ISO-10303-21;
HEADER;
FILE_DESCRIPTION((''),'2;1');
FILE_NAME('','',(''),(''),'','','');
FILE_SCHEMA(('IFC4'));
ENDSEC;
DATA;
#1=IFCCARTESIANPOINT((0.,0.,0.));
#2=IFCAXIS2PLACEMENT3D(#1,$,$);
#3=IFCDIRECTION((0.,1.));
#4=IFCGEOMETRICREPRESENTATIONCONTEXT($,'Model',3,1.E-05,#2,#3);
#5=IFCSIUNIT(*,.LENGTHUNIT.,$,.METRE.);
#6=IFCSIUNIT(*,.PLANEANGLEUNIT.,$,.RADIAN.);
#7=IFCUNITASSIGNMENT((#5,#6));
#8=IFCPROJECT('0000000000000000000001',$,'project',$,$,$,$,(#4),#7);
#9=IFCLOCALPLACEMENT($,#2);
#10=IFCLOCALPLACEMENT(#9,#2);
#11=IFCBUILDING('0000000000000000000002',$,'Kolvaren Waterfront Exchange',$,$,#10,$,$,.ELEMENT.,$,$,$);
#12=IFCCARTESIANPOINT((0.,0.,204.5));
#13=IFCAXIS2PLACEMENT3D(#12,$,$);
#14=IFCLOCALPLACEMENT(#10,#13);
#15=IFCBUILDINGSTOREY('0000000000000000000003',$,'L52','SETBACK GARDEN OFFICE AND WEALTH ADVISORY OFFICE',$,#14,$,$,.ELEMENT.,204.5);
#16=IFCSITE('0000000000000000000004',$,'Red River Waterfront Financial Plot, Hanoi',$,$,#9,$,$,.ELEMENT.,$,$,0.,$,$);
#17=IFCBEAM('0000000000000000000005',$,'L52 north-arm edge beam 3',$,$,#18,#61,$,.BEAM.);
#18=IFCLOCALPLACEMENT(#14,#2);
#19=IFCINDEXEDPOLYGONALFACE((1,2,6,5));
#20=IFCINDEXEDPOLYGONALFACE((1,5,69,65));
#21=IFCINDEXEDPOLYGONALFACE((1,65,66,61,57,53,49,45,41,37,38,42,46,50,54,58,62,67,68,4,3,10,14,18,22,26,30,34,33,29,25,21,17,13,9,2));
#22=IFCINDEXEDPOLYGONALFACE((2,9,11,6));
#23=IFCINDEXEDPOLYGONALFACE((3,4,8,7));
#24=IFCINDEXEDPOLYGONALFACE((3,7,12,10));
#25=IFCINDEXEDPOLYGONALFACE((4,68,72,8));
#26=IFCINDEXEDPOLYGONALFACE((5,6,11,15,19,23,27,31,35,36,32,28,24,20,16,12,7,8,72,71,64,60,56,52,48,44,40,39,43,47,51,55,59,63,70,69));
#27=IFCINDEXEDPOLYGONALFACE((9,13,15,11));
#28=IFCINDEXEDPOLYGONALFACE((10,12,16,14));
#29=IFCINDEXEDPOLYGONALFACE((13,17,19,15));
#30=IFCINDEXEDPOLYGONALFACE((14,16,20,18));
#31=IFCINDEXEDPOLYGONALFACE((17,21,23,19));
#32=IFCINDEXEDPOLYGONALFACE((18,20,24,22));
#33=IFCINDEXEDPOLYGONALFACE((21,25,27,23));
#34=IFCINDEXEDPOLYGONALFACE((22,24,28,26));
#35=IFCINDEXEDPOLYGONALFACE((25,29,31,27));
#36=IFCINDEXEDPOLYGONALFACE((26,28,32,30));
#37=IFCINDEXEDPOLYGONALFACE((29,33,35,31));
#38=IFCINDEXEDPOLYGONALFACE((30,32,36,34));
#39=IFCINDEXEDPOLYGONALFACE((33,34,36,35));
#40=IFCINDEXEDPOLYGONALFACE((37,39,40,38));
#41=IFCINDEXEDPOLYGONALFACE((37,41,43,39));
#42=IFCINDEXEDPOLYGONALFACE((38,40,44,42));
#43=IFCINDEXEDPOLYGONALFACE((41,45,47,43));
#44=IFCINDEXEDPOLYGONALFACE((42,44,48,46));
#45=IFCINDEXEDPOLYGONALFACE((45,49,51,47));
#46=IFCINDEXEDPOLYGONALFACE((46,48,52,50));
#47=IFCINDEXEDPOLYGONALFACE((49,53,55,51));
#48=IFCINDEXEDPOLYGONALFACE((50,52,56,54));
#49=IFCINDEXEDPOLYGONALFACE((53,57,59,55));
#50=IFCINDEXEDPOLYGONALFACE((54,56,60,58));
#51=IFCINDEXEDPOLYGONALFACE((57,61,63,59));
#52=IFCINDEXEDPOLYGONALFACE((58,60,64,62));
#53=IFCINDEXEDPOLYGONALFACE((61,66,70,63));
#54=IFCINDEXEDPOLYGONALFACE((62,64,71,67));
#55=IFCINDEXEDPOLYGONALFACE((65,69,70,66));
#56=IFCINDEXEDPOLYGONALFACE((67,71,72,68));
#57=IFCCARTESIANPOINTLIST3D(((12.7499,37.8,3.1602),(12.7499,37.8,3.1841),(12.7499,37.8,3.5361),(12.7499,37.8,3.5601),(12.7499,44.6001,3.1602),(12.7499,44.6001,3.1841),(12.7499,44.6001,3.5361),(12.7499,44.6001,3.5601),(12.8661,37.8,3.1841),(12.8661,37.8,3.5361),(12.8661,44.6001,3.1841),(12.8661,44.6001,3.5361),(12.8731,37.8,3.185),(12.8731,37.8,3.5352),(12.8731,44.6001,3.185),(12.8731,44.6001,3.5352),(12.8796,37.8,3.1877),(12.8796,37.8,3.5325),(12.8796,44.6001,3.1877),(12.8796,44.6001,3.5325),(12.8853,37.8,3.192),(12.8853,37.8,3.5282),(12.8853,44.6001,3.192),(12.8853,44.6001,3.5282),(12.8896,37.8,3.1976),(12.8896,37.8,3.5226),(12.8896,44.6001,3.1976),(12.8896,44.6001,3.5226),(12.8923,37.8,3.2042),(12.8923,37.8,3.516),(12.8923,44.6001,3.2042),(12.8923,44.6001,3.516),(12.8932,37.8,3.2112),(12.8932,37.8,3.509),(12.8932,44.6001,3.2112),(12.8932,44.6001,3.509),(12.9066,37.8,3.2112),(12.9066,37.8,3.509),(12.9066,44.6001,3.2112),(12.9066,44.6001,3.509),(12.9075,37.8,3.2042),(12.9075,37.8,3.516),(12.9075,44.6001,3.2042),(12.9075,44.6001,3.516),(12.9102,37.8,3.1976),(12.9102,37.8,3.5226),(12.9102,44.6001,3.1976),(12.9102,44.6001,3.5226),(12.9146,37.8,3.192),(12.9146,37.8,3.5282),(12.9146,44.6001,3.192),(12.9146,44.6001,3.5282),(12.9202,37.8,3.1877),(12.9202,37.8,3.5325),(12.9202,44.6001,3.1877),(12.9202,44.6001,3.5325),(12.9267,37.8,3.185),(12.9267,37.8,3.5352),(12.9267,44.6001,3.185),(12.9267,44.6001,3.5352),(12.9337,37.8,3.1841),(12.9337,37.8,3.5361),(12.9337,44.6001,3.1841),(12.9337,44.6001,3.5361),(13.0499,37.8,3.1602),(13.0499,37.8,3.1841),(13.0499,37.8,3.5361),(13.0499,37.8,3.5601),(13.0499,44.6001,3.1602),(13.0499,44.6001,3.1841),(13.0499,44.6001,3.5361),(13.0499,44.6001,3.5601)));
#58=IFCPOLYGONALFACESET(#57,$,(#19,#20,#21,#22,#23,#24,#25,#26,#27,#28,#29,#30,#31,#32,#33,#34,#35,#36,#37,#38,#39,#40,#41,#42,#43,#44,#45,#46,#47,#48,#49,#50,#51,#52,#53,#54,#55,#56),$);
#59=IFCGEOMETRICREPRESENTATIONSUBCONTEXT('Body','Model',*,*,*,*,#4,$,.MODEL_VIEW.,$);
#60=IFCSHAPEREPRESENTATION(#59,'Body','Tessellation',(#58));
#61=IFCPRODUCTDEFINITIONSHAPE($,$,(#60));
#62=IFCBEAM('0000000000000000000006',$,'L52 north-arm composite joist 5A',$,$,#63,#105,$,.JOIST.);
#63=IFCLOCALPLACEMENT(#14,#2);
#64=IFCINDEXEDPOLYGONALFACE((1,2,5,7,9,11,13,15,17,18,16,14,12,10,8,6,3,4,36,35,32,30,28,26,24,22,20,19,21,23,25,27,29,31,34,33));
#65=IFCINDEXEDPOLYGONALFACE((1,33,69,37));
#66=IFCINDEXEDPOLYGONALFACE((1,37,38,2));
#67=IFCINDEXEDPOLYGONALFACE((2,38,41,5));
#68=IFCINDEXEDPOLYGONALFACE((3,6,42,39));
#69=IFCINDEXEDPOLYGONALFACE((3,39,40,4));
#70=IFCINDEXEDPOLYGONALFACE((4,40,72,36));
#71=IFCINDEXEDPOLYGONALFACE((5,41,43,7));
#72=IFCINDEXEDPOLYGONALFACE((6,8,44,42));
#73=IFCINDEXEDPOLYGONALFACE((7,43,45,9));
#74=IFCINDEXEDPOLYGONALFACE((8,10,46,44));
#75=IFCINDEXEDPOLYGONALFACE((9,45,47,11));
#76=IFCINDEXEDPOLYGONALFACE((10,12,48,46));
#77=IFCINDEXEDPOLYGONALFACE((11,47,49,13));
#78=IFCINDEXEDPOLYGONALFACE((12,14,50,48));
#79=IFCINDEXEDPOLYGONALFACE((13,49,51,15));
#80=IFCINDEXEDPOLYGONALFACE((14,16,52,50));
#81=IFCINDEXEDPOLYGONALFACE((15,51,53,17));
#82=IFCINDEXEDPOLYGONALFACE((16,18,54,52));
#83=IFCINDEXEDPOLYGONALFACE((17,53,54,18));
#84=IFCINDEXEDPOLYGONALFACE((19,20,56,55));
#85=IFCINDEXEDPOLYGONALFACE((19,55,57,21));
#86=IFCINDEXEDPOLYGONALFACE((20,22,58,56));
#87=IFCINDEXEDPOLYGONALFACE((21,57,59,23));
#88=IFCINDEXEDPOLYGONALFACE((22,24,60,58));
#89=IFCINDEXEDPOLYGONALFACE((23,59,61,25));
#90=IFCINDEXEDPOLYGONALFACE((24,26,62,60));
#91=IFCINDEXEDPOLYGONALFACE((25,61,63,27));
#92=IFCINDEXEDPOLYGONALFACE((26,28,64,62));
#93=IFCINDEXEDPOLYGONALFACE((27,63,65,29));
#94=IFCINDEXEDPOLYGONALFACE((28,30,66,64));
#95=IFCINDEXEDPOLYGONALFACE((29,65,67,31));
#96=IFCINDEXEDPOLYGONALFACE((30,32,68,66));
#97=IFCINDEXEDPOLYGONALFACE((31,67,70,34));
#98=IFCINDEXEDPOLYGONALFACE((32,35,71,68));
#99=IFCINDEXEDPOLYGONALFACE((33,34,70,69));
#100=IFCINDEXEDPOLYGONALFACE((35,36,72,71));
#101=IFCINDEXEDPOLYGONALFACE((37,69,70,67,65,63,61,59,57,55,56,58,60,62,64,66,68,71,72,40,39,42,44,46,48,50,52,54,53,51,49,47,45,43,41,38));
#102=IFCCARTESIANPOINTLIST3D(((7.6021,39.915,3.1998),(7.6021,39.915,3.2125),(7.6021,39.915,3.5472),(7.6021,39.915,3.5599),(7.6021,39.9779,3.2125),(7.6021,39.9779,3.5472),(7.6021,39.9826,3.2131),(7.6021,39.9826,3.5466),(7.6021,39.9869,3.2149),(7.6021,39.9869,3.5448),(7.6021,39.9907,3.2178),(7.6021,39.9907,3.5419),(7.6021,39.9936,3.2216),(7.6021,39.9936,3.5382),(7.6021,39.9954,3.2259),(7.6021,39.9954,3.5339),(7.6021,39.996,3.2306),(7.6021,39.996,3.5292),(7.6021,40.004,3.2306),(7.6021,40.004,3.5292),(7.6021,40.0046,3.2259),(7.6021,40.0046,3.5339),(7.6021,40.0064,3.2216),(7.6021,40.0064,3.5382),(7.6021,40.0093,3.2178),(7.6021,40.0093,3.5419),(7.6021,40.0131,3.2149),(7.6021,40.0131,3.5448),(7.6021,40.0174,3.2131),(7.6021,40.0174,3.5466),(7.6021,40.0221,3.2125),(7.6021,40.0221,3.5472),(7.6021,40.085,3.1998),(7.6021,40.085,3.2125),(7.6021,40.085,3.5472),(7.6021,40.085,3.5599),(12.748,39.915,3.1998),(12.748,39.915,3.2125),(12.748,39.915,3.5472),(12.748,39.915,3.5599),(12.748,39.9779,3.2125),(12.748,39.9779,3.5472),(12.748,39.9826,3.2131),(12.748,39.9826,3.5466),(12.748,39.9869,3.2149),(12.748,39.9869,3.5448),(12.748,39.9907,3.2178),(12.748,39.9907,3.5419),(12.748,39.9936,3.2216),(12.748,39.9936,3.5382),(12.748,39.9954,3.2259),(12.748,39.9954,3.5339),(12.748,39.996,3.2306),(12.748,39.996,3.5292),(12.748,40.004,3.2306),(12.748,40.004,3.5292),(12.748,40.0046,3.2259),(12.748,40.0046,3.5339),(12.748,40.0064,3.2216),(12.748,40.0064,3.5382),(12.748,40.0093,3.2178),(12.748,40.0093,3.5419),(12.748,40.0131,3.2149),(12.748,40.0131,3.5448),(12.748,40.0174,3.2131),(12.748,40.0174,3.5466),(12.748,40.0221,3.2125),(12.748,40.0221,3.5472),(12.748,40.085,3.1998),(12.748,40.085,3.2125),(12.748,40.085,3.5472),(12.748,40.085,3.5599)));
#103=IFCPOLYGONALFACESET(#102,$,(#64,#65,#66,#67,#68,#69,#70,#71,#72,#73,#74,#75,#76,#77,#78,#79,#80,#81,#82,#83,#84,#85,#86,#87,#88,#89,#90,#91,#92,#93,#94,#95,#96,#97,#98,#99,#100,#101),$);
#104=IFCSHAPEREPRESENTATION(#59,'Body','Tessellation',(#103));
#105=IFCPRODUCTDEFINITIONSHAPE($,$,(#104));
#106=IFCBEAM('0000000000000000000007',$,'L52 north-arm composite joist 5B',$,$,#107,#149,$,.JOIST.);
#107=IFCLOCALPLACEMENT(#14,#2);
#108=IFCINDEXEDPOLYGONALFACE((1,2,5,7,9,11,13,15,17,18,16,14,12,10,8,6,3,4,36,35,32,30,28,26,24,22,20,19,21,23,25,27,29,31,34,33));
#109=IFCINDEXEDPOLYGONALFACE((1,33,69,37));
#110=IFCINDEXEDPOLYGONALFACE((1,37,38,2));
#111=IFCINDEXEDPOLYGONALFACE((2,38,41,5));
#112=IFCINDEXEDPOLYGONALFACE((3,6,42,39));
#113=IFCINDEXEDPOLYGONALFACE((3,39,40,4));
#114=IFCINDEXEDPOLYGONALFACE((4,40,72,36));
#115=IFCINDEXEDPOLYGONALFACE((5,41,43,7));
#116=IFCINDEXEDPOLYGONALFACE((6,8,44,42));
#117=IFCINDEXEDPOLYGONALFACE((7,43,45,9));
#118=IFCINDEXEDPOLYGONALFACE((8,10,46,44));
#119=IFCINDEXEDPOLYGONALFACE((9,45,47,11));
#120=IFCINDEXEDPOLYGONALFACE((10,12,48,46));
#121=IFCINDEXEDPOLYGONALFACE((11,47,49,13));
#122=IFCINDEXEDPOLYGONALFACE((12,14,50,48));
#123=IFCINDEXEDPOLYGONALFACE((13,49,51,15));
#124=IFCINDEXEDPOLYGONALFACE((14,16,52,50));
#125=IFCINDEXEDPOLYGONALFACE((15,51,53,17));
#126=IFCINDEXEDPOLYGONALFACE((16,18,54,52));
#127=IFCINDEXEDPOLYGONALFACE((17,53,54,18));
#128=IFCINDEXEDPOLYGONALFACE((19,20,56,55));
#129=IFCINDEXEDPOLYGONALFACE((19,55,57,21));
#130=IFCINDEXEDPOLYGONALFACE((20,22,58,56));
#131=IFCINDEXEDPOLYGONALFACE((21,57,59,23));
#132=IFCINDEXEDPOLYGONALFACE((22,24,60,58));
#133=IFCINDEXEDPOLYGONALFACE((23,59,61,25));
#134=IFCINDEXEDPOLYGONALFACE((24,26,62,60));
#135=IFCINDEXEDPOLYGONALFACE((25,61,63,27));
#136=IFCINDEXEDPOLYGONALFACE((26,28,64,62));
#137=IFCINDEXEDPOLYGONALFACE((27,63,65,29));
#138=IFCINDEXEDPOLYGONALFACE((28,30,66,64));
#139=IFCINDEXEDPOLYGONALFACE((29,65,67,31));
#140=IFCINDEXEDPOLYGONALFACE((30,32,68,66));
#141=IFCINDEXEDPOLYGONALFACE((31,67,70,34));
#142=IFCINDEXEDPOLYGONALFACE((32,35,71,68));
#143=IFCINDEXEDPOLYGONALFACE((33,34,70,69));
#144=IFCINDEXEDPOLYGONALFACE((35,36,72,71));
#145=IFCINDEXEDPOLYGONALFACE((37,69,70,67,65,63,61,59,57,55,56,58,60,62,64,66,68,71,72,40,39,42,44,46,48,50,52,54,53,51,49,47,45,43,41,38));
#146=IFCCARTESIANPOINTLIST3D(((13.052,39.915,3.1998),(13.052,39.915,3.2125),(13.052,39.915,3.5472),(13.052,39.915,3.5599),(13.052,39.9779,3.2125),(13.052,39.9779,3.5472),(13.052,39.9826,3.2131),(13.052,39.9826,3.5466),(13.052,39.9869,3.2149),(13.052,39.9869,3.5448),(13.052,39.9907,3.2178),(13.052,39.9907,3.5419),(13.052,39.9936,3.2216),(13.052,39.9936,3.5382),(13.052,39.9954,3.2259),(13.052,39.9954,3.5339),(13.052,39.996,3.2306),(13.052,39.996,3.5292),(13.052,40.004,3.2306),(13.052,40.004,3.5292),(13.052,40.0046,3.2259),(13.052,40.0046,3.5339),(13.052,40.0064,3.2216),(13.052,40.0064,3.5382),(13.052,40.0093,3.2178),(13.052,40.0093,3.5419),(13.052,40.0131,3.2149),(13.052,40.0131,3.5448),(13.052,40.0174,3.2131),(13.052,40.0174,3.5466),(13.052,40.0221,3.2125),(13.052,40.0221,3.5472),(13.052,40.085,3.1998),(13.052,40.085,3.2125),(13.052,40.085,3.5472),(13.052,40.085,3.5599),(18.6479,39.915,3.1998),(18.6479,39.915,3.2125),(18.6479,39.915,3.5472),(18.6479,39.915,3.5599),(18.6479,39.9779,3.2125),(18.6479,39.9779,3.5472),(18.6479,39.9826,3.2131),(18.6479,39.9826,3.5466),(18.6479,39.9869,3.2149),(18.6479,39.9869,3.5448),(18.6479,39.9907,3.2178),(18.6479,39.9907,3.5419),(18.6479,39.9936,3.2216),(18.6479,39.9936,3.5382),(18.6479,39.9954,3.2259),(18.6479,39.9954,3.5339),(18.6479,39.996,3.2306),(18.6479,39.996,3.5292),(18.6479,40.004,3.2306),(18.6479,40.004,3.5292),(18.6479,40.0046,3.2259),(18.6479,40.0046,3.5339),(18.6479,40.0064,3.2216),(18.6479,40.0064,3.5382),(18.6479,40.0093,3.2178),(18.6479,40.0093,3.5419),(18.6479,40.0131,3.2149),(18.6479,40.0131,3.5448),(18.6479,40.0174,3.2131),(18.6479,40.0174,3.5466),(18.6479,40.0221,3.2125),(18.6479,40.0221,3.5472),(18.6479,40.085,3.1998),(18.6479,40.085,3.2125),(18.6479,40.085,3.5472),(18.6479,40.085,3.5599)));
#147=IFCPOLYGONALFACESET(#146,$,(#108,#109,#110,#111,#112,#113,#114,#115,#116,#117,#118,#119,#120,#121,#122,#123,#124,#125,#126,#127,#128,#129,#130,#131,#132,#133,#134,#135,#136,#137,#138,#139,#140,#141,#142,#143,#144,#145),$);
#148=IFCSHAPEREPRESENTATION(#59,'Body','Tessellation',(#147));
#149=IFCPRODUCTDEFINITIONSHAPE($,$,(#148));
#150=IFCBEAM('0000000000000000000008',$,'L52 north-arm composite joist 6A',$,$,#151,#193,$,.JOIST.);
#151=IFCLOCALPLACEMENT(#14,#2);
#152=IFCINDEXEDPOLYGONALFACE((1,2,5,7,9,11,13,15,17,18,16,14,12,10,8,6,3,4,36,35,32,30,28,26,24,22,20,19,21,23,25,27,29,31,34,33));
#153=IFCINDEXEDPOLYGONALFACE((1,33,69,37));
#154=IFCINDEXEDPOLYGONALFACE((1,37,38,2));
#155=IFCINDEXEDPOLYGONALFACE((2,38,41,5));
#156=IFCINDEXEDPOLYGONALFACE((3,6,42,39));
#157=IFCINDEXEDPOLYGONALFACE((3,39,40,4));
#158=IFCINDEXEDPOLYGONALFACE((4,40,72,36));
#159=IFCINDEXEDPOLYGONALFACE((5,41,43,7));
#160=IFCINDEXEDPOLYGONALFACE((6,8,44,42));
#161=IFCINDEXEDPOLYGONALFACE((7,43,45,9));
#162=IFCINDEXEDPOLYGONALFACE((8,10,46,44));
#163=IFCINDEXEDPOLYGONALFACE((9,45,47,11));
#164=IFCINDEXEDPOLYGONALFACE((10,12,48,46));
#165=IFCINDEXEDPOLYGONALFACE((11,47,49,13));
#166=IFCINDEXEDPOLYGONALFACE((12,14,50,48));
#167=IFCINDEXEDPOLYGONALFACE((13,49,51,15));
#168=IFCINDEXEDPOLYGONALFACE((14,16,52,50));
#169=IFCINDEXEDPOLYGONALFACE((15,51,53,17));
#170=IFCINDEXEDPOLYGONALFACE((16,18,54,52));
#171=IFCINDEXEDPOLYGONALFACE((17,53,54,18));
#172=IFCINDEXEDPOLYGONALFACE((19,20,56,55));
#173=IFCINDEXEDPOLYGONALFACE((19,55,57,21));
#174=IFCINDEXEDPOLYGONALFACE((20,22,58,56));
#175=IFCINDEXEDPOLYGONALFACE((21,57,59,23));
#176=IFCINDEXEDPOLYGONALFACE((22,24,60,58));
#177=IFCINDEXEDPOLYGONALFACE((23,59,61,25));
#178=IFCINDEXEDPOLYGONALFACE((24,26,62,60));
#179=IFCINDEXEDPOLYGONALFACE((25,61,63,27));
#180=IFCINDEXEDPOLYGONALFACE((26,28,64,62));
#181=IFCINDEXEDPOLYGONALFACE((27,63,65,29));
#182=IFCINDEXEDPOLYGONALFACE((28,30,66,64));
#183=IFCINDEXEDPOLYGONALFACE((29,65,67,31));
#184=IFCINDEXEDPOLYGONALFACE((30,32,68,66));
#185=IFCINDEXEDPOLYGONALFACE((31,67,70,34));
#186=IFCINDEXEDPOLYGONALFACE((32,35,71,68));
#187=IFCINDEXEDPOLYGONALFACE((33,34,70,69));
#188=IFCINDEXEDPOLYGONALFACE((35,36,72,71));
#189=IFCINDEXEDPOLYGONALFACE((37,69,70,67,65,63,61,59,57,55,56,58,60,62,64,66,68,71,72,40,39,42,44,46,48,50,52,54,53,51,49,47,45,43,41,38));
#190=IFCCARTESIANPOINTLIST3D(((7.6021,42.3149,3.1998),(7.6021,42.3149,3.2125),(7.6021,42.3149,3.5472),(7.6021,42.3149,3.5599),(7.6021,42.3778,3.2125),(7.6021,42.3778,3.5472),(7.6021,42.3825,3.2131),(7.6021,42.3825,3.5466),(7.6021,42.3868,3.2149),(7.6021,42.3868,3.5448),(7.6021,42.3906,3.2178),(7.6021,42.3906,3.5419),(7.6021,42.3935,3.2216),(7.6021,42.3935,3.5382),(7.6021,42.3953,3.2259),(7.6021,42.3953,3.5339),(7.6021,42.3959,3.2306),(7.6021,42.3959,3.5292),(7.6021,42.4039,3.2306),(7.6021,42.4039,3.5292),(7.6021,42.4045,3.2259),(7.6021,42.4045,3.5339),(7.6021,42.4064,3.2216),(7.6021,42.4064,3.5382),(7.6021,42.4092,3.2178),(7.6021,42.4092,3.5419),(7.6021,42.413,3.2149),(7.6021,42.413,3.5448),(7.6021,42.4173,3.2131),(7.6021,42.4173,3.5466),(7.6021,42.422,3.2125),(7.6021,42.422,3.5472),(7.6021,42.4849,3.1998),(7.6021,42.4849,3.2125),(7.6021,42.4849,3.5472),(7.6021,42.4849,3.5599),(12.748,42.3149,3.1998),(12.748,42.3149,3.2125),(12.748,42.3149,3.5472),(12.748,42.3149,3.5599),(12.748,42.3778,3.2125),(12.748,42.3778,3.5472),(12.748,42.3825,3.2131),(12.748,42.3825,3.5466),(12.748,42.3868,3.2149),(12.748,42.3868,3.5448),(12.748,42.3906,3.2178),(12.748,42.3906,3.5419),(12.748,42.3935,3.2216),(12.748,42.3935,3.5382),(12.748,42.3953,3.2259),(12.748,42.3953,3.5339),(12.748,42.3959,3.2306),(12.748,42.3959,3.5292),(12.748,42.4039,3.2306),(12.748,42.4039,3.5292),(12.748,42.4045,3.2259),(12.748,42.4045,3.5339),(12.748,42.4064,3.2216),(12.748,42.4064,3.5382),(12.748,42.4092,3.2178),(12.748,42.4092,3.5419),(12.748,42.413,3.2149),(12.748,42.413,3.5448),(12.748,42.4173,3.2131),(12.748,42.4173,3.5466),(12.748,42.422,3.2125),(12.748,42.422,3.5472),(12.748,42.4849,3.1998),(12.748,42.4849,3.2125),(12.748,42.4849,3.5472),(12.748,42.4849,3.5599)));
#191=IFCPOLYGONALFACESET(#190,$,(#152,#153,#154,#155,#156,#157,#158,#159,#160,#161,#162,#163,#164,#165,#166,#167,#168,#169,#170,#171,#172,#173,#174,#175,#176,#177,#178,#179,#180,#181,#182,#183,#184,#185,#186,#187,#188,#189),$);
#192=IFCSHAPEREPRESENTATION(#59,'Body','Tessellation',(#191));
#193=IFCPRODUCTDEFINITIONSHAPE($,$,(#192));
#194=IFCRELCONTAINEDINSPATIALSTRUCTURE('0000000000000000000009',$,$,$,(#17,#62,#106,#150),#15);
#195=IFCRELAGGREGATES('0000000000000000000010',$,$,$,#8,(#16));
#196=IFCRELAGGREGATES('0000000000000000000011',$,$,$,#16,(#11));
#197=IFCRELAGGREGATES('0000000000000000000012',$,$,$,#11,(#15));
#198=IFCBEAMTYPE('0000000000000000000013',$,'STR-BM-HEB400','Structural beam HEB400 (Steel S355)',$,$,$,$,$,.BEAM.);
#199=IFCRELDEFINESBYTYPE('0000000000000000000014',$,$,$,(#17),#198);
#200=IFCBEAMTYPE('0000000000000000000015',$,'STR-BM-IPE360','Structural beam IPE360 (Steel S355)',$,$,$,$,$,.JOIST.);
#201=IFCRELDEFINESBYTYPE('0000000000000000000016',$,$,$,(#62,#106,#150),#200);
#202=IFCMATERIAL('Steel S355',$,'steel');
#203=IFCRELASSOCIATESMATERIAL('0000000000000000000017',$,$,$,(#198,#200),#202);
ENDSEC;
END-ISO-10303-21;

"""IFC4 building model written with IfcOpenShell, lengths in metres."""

from ifc_helpers import new_model, si_unit, direction, frame, origin, origin_2d, place, context, subcontext, project, spatial, i_section, extrude, material, material_profile, profile_set, type_object, element, save


model = new_model("IFC4")

# Units and contexts
model_context = context("Model", 3, precision=1e-05, world=origin(), true_north=direction((0.0, 1.0)))
body_context = subcontext(model_context, "Body", "Model", "MODEL_VIEW")
ifc_project = project(units=[si_unit("LENGTHUNIT", "METRE"), si_unit("PLANEANGLEUNIT", "RADIAN")], contexts=[model_context])

# Site, building, storey
site_placement = place(None, origin())
site = spatial("IfcSite", under=ifc_project, at=site_placement, Name="Red River Waterfront Financial Plot, Hanoi", CompositionType="ELEMENT", RefElevation=0.0)
building_placement = place(site_placement, origin())
building = spatial("IfcBuilding", under=site, at=building_placement, Name="Kolvaren Waterfront Exchange", CompositionType="ELEMENT")
storey_placement = place(building_placement, frame((0.0, 0.0, 204.5)))
storey = spatial("IfcBuildingStorey", under=building, at=storey_placement, Name="L52", Description="SETBACK GARDEN OFFICE AND WEALTH ADVISORY OFFICE", CompositionType="ELEMENT", Elevation=204.5)

# Beams
ifc_material_1 = material(Name="Steel S355", Category="steel")
ifc_material_profile_1 = material_profile(ifc_material_1, i_section(OverallWidth=0.3, OverallDepth=0.3999, WebThickness=0.0134, FlangeThickness=0.0239, FilletRadius=0.0271, at=origin_2d()), Name="HEB400")
ifc_profile_set_1 = profile_set([ifc_material_profile_1], Name="Steel S355")
beam_type_1 = type_object("IfcBeamType", Name="STR-BM-HEB400", Description="Structural beam HEB400 (Steel S355)", PredefinedType="BEAM", material=ifc_profile_set_1)
beam_1_placement = place(storey_placement, frame((12.8999, 37.8, 3.3601), z_axis=(0.0, 1.0, 0.0), x_axis=(-1.0, 0.0, 0.0)))
element("IfcBeam", 1, at=beam_1_placement, inside=storey, type_object=beam_type_1, Name="L52 north-arm edge beam 3", PredefinedType="BEAM", context=body_context, shape_type="SweptSolid", body=[
    extrude(i_section(OverallWidth=0.3, OverallDepth=0.3999, WebThickness=0.0134, FlangeThickness=0.0239, FilletRadius=0.0271, at=origin_2d()), origin(), (0.0, 0.0, 1.0), 6.8),
])
ifc_material_profile_2 = material_profile(ifc_material_1, i_section(OverallWidth=0.1699, OverallDepth=0.3601, WebThickness=0.0081, FlangeThickness=0.0127, FilletRadius=0.0181, at=origin_2d()), Name="IPE360")
ifc_profile_set_2 = profile_set([ifc_material_profile_2], Name="Steel S355")
beam_type_2 = type_object("IfcBeamType", Name="STR-BM-IPE360", Description="Structural beam IPE360 (Steel S355)", PredefinedType="JOIST", material=ifc_profile_set_2)
beam_2_placement = place(storey_placement, frame((7.6021, 40.0, 3.3799), z_axis=(1.0, 0.0, 0.0), x_axis=(0.0, 1.0, 0.0)))
element("IfcBeam", 2, at=beam_2_placement, inside=storey, type_object=beam_type_2, Name="L52 north-arm composite joist 5A", PredefinedType="JOIST", context=body_context, shape_type="SweptSolid", body=[
    extrude(i_section(OverallWidth=0.1699, OverallDepth=0.3601, WebThickness=0.0081, FlangeThickness=0.0127, FilletRadius=0.0181, at=origin_2d()), origin(), (0.0, 0.0, 1.0), 5.146),
])
beam_3_placement = place(storey_placement, frame((13.052, 40.0, 3.3799), z_axis=(1.0, 0.0, 0.0), x_axis=(0.0, 1.0, 0.0)))
element("IfcBeam", 3, at=beam_3_placement, inside=storey, type_object=beam_type_2, Name="L52 north-arm composite joist 5B", PredefinedType="JOIST", context=body_context, shape_type="SweptSolid", body=[
    extrude(i_section(OverallWidth=0.1699, OverallDepth=0.3601, WebThickness=0.0081, FlangeThickness=0.0127, FilletRadius=0.0181, at=origin_2d()), origin(), (0.0, 0.0, 1.0), 5.5959),
])
beam_4_placement = place(storey_placement, frame((7.6021, 42.3999, 3.3799), z_axis=(1.0, 0.0, 0.0), x_axis=(0.0, 1.0, 0.0)))
element("IfcBeam", 4, at=beam_4_placement, inside=storey, type_object=beam_type_2, Name="L52 north-arm composite joist 6A", PredefinedType="JOIST", context=body_context, shape_type="SweptSolid", body=[
    extrude(i_section(OverallWidth=0.1699, OverallDepth=0.3601, WebThickness=0.0081, FlangeThickness=0.0127, FilletRadius=0.0181, at=origin_2d()), origin(), (0.0, 0.0, 1.0), 5.146),
])

save(model, "model.ifc")
